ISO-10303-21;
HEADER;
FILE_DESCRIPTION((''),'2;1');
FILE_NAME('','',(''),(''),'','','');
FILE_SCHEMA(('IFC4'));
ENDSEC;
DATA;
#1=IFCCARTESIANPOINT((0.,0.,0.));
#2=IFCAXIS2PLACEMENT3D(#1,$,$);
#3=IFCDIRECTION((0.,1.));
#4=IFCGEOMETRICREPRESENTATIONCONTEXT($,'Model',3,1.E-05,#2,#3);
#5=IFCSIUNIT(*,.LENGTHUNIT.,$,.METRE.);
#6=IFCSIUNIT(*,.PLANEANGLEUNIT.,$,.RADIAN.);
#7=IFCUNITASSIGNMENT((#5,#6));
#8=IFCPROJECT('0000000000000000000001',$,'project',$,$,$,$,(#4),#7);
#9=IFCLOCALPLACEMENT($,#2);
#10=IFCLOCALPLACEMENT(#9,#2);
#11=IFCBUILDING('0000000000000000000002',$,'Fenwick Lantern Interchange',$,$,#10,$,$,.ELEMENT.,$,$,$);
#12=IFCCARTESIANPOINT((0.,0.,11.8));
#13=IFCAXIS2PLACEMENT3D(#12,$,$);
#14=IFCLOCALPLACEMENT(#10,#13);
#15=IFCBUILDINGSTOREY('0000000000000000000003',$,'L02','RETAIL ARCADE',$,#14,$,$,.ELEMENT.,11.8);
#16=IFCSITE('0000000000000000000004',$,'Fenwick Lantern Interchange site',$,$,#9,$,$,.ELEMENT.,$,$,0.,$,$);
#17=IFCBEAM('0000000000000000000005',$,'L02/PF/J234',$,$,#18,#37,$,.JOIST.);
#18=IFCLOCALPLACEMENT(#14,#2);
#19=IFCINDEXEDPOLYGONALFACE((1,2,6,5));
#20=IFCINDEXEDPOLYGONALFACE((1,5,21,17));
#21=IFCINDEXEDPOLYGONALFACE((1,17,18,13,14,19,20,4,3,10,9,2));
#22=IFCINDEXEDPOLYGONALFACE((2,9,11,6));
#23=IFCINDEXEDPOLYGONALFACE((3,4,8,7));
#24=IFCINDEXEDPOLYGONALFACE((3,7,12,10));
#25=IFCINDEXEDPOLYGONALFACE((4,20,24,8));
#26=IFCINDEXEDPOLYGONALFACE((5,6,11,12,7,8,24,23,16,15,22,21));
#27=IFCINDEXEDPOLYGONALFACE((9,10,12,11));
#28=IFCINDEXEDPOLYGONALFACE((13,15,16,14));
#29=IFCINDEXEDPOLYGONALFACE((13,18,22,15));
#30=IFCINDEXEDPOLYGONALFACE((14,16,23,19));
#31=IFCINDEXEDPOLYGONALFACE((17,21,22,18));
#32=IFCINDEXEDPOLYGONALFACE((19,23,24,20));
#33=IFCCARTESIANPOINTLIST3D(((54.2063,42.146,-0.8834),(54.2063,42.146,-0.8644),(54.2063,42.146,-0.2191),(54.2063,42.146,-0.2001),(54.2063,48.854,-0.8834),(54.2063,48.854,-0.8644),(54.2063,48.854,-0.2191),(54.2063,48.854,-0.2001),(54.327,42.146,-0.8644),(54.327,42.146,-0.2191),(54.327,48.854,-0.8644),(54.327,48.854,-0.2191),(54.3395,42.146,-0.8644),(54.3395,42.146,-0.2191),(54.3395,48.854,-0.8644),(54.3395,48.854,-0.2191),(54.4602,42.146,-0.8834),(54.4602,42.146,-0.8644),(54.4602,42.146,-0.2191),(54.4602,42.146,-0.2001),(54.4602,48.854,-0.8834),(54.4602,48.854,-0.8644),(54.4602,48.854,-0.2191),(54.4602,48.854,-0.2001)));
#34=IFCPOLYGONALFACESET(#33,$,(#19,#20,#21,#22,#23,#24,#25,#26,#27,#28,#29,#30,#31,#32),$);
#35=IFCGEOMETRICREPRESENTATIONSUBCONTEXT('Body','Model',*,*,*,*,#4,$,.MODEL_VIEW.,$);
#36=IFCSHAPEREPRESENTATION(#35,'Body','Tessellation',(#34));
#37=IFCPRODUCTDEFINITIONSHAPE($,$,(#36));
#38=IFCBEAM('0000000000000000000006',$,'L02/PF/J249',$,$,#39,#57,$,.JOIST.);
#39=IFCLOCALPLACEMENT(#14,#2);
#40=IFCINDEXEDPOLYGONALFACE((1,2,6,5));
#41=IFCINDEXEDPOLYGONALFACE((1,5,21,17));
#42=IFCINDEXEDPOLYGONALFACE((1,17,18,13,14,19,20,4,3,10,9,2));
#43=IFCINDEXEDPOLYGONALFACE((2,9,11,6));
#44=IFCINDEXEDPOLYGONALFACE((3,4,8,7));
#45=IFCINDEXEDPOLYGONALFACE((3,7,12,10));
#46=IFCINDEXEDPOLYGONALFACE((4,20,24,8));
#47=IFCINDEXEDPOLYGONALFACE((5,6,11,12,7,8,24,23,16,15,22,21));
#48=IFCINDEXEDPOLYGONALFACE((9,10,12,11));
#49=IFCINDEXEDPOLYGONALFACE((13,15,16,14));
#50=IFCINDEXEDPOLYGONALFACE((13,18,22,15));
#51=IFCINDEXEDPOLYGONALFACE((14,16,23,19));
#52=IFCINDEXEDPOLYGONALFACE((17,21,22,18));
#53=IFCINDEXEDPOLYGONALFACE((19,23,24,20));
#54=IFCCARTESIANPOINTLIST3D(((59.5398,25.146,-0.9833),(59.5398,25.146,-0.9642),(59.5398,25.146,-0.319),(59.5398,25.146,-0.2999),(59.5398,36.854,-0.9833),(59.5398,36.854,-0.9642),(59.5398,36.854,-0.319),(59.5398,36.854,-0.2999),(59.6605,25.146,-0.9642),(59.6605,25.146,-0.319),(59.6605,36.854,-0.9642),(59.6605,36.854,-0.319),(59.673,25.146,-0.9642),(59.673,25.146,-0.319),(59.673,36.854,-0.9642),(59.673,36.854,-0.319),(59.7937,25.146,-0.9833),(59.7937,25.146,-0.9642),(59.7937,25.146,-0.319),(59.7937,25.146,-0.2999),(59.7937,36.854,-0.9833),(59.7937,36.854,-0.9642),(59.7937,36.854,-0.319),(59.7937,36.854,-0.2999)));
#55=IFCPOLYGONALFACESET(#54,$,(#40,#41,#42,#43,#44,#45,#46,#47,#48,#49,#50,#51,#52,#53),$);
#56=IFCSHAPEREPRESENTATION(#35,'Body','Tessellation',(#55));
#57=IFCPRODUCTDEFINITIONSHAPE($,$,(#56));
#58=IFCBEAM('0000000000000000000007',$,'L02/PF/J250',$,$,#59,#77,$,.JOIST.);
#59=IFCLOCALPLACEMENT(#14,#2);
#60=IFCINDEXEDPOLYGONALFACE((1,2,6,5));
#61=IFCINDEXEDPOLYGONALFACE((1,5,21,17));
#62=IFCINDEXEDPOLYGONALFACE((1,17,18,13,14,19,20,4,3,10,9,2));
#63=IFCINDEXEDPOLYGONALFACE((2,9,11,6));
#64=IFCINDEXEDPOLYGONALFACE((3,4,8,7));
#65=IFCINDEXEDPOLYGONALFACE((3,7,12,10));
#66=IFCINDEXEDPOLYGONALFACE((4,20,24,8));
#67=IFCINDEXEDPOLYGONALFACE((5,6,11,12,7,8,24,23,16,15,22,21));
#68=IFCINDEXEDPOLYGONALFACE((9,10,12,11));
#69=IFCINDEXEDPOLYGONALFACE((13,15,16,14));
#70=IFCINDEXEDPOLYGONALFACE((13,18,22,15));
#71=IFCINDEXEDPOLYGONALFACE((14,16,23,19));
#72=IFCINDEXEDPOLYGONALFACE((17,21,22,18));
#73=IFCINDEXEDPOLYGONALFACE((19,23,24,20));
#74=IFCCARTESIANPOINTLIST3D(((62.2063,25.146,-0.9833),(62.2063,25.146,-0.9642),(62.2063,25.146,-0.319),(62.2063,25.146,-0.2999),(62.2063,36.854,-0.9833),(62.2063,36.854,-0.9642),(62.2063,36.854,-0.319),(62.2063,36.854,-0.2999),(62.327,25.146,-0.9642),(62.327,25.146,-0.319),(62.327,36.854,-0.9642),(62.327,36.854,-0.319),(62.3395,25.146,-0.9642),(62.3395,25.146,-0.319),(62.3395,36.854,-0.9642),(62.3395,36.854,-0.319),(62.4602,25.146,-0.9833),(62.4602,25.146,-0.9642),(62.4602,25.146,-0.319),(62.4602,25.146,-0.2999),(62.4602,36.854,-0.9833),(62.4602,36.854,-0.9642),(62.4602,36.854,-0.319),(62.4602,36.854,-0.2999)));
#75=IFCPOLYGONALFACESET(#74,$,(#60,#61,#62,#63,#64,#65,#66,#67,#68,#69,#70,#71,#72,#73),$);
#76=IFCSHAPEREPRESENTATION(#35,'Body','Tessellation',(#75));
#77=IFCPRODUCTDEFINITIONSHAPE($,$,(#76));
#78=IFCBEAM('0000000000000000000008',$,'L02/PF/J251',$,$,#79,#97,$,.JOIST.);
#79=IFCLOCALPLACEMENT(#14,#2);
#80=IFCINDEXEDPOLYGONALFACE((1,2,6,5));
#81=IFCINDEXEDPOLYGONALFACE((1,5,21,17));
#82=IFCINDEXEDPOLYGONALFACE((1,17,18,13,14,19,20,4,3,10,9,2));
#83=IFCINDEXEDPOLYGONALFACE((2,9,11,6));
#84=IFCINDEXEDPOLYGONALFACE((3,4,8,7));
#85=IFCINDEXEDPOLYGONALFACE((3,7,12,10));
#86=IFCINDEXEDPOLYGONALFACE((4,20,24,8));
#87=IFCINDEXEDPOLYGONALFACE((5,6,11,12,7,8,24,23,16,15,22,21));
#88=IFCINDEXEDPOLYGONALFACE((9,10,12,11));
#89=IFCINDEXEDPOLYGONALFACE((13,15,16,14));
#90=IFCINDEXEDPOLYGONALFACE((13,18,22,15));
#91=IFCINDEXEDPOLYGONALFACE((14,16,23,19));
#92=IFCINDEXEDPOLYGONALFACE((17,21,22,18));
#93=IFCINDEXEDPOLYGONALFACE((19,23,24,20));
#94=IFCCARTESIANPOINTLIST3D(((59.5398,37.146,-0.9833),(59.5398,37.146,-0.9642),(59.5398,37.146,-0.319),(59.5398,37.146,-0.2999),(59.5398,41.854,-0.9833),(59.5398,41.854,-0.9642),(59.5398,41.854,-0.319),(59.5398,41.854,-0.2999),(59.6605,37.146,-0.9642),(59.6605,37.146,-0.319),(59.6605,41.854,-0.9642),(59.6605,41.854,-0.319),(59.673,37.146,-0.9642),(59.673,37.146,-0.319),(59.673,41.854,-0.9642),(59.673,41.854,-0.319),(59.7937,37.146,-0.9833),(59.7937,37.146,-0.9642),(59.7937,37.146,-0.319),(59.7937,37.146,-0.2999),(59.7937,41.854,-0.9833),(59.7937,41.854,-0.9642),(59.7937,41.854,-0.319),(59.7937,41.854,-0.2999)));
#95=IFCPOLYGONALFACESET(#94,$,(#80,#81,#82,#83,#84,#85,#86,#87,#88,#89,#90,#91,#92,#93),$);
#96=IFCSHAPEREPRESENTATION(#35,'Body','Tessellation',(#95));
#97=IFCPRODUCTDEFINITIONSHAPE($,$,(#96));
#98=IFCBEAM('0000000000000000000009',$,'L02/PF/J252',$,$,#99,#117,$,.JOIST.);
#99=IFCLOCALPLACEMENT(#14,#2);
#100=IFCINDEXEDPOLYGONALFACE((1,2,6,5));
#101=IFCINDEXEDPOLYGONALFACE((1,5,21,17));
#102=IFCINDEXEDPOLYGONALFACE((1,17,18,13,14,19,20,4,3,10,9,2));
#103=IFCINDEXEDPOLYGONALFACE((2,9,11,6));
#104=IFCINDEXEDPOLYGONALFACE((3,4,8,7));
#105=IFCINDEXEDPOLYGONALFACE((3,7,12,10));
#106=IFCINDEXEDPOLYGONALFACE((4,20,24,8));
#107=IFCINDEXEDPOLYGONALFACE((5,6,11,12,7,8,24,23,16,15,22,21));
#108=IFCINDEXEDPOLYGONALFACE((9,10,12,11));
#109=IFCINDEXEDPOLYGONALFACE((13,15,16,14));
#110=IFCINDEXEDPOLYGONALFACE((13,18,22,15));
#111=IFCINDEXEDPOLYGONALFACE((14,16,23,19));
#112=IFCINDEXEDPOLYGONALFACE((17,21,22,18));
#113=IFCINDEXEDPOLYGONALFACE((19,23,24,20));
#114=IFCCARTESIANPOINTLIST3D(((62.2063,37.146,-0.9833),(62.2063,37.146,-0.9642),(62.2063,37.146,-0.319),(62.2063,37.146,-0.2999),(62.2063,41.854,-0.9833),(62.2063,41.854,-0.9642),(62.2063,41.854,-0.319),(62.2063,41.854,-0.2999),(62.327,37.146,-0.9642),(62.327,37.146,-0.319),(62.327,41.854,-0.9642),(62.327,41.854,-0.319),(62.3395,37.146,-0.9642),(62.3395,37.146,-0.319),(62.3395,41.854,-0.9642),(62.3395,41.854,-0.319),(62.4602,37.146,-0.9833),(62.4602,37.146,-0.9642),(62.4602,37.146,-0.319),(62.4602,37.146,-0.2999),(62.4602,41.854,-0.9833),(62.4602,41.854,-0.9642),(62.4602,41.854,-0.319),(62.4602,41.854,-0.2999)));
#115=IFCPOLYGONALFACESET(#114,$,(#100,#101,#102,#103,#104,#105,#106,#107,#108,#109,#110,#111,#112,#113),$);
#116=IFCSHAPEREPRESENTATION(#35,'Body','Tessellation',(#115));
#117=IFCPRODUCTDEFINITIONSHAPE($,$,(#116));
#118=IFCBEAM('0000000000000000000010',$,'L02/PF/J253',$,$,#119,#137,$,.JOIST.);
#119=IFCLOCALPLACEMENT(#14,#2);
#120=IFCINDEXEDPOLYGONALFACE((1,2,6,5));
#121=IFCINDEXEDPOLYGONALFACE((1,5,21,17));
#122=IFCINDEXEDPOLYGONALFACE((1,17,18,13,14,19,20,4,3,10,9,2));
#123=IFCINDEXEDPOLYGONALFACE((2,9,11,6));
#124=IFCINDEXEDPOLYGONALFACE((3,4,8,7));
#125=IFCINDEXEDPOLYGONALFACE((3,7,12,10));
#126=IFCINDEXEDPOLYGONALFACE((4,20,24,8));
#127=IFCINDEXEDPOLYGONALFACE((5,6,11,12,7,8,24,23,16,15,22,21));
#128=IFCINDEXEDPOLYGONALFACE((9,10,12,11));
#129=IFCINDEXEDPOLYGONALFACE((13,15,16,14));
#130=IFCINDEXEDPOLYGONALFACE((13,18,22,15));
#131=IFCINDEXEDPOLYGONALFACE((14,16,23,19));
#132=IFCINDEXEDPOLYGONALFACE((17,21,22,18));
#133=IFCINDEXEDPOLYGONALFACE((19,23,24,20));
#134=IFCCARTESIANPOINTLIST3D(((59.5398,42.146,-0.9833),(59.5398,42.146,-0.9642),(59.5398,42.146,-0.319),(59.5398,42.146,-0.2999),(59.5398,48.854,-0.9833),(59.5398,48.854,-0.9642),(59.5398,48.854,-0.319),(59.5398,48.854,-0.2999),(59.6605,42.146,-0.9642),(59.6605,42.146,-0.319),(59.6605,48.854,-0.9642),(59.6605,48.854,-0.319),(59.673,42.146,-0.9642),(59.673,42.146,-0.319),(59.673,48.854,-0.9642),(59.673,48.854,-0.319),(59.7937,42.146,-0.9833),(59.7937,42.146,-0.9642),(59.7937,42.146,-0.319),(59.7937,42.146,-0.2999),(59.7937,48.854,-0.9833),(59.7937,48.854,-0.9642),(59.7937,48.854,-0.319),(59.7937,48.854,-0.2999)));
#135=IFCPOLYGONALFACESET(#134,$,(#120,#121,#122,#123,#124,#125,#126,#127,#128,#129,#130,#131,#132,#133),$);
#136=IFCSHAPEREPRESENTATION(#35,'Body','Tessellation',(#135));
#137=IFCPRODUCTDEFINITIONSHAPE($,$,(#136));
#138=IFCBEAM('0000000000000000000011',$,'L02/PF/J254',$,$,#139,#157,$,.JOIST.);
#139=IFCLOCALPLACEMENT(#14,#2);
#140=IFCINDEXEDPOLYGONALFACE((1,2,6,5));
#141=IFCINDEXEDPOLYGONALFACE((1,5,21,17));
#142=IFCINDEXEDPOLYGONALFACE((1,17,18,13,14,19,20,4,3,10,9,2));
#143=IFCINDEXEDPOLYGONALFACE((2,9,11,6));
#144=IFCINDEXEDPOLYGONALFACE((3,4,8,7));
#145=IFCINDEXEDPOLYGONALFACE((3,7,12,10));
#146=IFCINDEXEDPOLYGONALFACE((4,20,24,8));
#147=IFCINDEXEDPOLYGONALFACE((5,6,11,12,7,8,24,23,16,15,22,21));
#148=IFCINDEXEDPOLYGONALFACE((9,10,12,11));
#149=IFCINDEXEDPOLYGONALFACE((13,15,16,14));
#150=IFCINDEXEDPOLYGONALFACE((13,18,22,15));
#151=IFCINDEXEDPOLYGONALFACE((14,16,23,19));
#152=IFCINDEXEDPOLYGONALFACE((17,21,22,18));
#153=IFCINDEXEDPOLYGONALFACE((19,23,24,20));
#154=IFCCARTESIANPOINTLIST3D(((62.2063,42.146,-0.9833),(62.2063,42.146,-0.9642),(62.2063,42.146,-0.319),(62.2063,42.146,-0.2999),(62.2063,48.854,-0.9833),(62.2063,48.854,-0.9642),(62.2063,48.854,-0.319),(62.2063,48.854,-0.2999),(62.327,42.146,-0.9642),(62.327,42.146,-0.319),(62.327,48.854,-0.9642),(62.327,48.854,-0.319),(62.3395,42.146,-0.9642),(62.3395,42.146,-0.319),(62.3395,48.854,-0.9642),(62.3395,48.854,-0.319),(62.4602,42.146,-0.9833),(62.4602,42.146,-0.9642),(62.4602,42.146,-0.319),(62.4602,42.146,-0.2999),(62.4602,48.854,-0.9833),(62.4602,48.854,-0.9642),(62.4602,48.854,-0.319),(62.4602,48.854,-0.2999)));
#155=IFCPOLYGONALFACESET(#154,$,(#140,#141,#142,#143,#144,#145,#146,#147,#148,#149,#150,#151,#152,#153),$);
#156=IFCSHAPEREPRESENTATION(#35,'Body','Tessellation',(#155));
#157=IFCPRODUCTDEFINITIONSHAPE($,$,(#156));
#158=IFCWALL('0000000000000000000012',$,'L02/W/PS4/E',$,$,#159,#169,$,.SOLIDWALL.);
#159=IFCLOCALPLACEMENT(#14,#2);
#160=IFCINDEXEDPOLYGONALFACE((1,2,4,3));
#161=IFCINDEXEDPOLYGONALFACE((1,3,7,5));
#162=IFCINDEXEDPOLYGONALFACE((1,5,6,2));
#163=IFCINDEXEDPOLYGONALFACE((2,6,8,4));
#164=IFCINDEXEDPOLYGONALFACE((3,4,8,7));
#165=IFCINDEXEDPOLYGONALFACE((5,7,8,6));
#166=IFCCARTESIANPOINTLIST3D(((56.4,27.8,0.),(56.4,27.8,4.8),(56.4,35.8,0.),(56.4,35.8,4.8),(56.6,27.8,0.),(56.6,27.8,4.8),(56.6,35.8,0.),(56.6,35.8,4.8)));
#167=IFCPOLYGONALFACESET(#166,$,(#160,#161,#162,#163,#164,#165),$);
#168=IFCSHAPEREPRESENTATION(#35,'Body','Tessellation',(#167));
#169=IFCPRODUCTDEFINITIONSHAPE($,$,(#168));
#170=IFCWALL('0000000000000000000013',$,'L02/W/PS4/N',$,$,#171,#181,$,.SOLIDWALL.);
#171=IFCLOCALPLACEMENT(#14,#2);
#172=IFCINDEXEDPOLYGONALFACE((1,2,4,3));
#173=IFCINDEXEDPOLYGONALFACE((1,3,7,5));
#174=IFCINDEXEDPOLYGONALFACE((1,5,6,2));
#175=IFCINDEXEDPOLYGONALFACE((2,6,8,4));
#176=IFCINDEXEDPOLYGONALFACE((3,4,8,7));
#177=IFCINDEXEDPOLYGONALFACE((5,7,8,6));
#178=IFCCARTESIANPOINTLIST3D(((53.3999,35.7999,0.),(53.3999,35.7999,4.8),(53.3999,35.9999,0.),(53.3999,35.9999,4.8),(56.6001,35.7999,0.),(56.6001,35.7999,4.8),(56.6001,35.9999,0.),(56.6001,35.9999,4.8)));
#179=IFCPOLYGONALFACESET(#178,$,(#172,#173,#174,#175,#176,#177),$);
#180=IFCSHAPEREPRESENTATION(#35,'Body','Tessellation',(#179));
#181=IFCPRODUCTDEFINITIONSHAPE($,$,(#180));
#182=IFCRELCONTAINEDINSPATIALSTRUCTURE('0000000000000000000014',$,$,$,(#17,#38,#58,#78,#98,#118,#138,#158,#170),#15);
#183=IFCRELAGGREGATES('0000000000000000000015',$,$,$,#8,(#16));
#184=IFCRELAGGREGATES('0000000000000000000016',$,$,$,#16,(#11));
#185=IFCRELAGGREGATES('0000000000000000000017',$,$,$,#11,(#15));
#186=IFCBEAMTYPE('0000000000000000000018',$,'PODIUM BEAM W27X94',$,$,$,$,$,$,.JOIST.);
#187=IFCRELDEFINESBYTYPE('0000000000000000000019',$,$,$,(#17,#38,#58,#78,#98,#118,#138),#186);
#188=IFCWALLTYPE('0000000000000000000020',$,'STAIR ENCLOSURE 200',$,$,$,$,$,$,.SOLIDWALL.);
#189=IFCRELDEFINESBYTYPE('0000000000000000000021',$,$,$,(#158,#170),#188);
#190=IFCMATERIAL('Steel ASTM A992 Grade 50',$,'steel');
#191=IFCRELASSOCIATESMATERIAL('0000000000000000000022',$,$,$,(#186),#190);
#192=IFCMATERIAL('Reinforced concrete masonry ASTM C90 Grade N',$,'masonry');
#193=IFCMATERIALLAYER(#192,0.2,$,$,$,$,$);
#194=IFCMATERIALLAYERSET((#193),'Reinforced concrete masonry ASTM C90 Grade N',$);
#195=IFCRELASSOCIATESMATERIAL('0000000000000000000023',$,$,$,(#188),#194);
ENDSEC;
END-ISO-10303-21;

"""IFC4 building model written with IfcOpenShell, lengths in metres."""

from ifc_helpers import new_model, si_unit, direction, frame, frame_2d, origin, origin_2d, place, context, subcontext, project, spatial, rectangle, i_section, extrude, material, layer, layer_set, material_profile, profile_set, type_object, element, save


model = new_model("IFC4")

# Units and contexts
model_context = context("Model", 3, precision=1e-05, world=origin(), true_north=direction((0.0, 1.0)))
body_context = subcontext(model_context, "Body", "Model", "MODEL_VIEW")
ifc_project = project(units=[si_unit("LENGTHUNIT", "METRE"), si_unit("PLANEANGLEUNIT", "RADIAN")], contexts=[model_context])

# Site, building, storey
site_placement = place(None, origin())
site = spatial("IfcSite", under=ifc_project, at=site_placement, Name="Fenwick Lantern Interchange site", CompositionType="ELEMENT", RefElevation=0.0)
building_placement = place(site_placement, origin())
building = spatial("IfcBuilding", under=site, at=building_placement, Name="Fenwick Lantern Interchange", CompositionType="ELEMENT")
storey_placement = place(building_placement, frame((0.0, 0.0, 11.8)))
storey = spatial("IfcBuildingStorey", under=building, at=storey_placement, Name="L02", Description="RETAIL ARCADE", CompositionType="ELEMENT", Elevation=11.8)

# Shared definitions
ifc_material_1 = material(Name="Steel ASTM A992 Grade 50", Category="steel")

# Beams
ifc_material_profile_1 = material_profile(ifc_material_1, i_section(OverallWidth=0.2539, OverallDepth=0.6833, WebThickness=0.0125, FlangeThickness=0.019, at=origin_2d()), Name="W27X94")
ifc_profile_set_1 = profile_set([ifc_material_profile_1], Name="Steel ASTM A992 Grade 50")
beam_type_1 = type_object("IfcBeamType", Name="PODIUM BEAM W27X94", PredefinedType="JOIST", material=ifc_profile_set_1)
beam_1_placement = place(storey_placement, frame((54.3333, 42.146, -0.5417), z_axis=(0.0, 1.0, 0.0), x_axis=(-1.0, 0.0, 0.0)))
element("IfcBeam", 1, at=beam_1_placement, inside=storey, type_object=beam_type_1, Name="L02/PF/J234", PredefinedType="JOIST", context=body_context, shape_type="SweptSolid", body=[
    extrude(i_section(OverallWidth=0.2539, OverallDepth=0.6833, WebThickness=0.0125, FlangeThickness=0.019, at=origin_2d()), origin(), (0.0, 0.0, 1.0), 6.708),
])
for number, where, z_axis, x_axis, name in (
    (2, (59.6667, 25.146, -0.6416), (0.0, 1.0, 0.0), (-1.0, 0.0, 0.0), "L02/PF/J249"),
    (3, (62.3333, 25.146, -0.6416), (0.0, 1.0, 0.0), (-1.0, 0.0, 0.0), "L02/PF/J250"),
):
    element("IfcBeam", number, at=place(storey_placement, frame(where, z_axis=z_axis, x_axis=x_axis)), inside=storey, type_object=beam_type_1, Name=name, PredefinedType="JOIST", context=body_context, shape_type="SweptSolid", body=[
        extrude(i_section(OverallWidth=0.2539, OverallDepth=0.6833, WebThickness=0.0125, FlangeThickness=0.019, at=origin_2d()), origin(), (0.0, 0.0, 1.0), 11.708),
    ])
for number, where, z_axis, x_axis, name in (
    (4, (59.6667, 37.146, -0.6416), (0.0, 1.0, 0.0), (-1.0, 0.0, 0.0), "L02/PF/J251"),
    (5, (62.3333, 37.146, -0.6416), (0.0, 1.0, 0.0), (-1.0, 0.0, 0.0), "L02/PF/J252"),
):
    element("IfcBeam", number, at=place(storey_placement, frame(where, z_axis=z_axis, x_axis=x_axis)), inside=storey, type_object=beam_type_1, Name=name, PredefinedType="JOIST", context=body_context, shape_type="SweptSolid", body=[
        extrude(i_section(OverallWidth=0.2539, OverallDepth=0.6833, WebThickness=0.0125, FlangeThickness=0.019, at=origin_2d()), origin(), (0.0, 0.0, 1.0), 4.708),
    ])
for number, where, z_axis, x_axis, name in (
    (6, (59.6667, 42.146, -0.6416), (0.0, 1.0, 0.0), (-1.0, 0.0, 0.0), "L02/PF/J253"),
    (7, (62.3333, 42.146, -0.6416), (0.0, 1.0, 0.0), (-1.0, 0.0, 0.0), "L02/PF/J254"),
):
    element("IfcBeam", number, at=place(storey_placement, frame(where, z_axis=z_axis, x_axis=x_axis)), inside=storey, type_object=beam_type_1, Name=name, PredefinedType="JOIST", context=body_context, shape_type="SweptSolid", body=[
        extrude(i_section(OverallWidth=0.2539, OverallDepth=0.6833, WebThickness=0.0125, FlangeThickness=0.019, at=origin_2d()), origin(), (0.0, 0.0, 1.0), 6.708),
    ])

# Walls
ifc_material_2 = material(Name="Reinforced concrete masonry ASTM C90 Grade N", Category="masonry")
ifc_layer = layer(ifc_material_2, 0.2)
ifc_layer_set = layer_set([ifc_layer], Name="Reinforced concrete masonry ASTM C90 Grade N")
wall_type = type_object("IfcWallType", Name="STAIR ENCLOSURE 200", PredefinedType="SOLIDWALL", material=ifc_layer_set)
wall_1_placement = place(storey_placement, frame((56.5, 27.8, 0.0), z_axis=(0.0, 0.0, 1.0), x_axis=(0.0, 1.0, 0.0)))
element("IfcWall", 8, at=wall_1_placement, inside=storey, type_object=wall_type, Name="L02/W/PS4/E", PredefinedType="SOLIDWALL", context=body_context, shape_type="SweptSolid", body=[
    extrude(rectangle(XDim=8.0, YDim=0.2, at=frame_2d((4.0, 0.0))), origin(), (0.0, 0.0, 1.0), 4.8),
])
wall_2_placement = place(storey_placement, frame((56.6001, 35.8999, 0.0), z_axis=(0.0, 0.0, 1.0), x_axis=(-1.0, 0.0, 0.0)))
element("IfcWall", 9, at=wall_2_placement, inside=storey, type_object=wall_type, Name="L02/W/PS4/N", PredefinedType="SOLIDWALL", context=body_context, shape_type="SweptSolid", body=[
    extrude(rectangle(XDim=3.2002, YDim=0.2, at=frame_2d((1.6001, 0.0))), origin(), (0.0, 0.0, 1.0), 4.8),
])

save(model, "model.ifc")
